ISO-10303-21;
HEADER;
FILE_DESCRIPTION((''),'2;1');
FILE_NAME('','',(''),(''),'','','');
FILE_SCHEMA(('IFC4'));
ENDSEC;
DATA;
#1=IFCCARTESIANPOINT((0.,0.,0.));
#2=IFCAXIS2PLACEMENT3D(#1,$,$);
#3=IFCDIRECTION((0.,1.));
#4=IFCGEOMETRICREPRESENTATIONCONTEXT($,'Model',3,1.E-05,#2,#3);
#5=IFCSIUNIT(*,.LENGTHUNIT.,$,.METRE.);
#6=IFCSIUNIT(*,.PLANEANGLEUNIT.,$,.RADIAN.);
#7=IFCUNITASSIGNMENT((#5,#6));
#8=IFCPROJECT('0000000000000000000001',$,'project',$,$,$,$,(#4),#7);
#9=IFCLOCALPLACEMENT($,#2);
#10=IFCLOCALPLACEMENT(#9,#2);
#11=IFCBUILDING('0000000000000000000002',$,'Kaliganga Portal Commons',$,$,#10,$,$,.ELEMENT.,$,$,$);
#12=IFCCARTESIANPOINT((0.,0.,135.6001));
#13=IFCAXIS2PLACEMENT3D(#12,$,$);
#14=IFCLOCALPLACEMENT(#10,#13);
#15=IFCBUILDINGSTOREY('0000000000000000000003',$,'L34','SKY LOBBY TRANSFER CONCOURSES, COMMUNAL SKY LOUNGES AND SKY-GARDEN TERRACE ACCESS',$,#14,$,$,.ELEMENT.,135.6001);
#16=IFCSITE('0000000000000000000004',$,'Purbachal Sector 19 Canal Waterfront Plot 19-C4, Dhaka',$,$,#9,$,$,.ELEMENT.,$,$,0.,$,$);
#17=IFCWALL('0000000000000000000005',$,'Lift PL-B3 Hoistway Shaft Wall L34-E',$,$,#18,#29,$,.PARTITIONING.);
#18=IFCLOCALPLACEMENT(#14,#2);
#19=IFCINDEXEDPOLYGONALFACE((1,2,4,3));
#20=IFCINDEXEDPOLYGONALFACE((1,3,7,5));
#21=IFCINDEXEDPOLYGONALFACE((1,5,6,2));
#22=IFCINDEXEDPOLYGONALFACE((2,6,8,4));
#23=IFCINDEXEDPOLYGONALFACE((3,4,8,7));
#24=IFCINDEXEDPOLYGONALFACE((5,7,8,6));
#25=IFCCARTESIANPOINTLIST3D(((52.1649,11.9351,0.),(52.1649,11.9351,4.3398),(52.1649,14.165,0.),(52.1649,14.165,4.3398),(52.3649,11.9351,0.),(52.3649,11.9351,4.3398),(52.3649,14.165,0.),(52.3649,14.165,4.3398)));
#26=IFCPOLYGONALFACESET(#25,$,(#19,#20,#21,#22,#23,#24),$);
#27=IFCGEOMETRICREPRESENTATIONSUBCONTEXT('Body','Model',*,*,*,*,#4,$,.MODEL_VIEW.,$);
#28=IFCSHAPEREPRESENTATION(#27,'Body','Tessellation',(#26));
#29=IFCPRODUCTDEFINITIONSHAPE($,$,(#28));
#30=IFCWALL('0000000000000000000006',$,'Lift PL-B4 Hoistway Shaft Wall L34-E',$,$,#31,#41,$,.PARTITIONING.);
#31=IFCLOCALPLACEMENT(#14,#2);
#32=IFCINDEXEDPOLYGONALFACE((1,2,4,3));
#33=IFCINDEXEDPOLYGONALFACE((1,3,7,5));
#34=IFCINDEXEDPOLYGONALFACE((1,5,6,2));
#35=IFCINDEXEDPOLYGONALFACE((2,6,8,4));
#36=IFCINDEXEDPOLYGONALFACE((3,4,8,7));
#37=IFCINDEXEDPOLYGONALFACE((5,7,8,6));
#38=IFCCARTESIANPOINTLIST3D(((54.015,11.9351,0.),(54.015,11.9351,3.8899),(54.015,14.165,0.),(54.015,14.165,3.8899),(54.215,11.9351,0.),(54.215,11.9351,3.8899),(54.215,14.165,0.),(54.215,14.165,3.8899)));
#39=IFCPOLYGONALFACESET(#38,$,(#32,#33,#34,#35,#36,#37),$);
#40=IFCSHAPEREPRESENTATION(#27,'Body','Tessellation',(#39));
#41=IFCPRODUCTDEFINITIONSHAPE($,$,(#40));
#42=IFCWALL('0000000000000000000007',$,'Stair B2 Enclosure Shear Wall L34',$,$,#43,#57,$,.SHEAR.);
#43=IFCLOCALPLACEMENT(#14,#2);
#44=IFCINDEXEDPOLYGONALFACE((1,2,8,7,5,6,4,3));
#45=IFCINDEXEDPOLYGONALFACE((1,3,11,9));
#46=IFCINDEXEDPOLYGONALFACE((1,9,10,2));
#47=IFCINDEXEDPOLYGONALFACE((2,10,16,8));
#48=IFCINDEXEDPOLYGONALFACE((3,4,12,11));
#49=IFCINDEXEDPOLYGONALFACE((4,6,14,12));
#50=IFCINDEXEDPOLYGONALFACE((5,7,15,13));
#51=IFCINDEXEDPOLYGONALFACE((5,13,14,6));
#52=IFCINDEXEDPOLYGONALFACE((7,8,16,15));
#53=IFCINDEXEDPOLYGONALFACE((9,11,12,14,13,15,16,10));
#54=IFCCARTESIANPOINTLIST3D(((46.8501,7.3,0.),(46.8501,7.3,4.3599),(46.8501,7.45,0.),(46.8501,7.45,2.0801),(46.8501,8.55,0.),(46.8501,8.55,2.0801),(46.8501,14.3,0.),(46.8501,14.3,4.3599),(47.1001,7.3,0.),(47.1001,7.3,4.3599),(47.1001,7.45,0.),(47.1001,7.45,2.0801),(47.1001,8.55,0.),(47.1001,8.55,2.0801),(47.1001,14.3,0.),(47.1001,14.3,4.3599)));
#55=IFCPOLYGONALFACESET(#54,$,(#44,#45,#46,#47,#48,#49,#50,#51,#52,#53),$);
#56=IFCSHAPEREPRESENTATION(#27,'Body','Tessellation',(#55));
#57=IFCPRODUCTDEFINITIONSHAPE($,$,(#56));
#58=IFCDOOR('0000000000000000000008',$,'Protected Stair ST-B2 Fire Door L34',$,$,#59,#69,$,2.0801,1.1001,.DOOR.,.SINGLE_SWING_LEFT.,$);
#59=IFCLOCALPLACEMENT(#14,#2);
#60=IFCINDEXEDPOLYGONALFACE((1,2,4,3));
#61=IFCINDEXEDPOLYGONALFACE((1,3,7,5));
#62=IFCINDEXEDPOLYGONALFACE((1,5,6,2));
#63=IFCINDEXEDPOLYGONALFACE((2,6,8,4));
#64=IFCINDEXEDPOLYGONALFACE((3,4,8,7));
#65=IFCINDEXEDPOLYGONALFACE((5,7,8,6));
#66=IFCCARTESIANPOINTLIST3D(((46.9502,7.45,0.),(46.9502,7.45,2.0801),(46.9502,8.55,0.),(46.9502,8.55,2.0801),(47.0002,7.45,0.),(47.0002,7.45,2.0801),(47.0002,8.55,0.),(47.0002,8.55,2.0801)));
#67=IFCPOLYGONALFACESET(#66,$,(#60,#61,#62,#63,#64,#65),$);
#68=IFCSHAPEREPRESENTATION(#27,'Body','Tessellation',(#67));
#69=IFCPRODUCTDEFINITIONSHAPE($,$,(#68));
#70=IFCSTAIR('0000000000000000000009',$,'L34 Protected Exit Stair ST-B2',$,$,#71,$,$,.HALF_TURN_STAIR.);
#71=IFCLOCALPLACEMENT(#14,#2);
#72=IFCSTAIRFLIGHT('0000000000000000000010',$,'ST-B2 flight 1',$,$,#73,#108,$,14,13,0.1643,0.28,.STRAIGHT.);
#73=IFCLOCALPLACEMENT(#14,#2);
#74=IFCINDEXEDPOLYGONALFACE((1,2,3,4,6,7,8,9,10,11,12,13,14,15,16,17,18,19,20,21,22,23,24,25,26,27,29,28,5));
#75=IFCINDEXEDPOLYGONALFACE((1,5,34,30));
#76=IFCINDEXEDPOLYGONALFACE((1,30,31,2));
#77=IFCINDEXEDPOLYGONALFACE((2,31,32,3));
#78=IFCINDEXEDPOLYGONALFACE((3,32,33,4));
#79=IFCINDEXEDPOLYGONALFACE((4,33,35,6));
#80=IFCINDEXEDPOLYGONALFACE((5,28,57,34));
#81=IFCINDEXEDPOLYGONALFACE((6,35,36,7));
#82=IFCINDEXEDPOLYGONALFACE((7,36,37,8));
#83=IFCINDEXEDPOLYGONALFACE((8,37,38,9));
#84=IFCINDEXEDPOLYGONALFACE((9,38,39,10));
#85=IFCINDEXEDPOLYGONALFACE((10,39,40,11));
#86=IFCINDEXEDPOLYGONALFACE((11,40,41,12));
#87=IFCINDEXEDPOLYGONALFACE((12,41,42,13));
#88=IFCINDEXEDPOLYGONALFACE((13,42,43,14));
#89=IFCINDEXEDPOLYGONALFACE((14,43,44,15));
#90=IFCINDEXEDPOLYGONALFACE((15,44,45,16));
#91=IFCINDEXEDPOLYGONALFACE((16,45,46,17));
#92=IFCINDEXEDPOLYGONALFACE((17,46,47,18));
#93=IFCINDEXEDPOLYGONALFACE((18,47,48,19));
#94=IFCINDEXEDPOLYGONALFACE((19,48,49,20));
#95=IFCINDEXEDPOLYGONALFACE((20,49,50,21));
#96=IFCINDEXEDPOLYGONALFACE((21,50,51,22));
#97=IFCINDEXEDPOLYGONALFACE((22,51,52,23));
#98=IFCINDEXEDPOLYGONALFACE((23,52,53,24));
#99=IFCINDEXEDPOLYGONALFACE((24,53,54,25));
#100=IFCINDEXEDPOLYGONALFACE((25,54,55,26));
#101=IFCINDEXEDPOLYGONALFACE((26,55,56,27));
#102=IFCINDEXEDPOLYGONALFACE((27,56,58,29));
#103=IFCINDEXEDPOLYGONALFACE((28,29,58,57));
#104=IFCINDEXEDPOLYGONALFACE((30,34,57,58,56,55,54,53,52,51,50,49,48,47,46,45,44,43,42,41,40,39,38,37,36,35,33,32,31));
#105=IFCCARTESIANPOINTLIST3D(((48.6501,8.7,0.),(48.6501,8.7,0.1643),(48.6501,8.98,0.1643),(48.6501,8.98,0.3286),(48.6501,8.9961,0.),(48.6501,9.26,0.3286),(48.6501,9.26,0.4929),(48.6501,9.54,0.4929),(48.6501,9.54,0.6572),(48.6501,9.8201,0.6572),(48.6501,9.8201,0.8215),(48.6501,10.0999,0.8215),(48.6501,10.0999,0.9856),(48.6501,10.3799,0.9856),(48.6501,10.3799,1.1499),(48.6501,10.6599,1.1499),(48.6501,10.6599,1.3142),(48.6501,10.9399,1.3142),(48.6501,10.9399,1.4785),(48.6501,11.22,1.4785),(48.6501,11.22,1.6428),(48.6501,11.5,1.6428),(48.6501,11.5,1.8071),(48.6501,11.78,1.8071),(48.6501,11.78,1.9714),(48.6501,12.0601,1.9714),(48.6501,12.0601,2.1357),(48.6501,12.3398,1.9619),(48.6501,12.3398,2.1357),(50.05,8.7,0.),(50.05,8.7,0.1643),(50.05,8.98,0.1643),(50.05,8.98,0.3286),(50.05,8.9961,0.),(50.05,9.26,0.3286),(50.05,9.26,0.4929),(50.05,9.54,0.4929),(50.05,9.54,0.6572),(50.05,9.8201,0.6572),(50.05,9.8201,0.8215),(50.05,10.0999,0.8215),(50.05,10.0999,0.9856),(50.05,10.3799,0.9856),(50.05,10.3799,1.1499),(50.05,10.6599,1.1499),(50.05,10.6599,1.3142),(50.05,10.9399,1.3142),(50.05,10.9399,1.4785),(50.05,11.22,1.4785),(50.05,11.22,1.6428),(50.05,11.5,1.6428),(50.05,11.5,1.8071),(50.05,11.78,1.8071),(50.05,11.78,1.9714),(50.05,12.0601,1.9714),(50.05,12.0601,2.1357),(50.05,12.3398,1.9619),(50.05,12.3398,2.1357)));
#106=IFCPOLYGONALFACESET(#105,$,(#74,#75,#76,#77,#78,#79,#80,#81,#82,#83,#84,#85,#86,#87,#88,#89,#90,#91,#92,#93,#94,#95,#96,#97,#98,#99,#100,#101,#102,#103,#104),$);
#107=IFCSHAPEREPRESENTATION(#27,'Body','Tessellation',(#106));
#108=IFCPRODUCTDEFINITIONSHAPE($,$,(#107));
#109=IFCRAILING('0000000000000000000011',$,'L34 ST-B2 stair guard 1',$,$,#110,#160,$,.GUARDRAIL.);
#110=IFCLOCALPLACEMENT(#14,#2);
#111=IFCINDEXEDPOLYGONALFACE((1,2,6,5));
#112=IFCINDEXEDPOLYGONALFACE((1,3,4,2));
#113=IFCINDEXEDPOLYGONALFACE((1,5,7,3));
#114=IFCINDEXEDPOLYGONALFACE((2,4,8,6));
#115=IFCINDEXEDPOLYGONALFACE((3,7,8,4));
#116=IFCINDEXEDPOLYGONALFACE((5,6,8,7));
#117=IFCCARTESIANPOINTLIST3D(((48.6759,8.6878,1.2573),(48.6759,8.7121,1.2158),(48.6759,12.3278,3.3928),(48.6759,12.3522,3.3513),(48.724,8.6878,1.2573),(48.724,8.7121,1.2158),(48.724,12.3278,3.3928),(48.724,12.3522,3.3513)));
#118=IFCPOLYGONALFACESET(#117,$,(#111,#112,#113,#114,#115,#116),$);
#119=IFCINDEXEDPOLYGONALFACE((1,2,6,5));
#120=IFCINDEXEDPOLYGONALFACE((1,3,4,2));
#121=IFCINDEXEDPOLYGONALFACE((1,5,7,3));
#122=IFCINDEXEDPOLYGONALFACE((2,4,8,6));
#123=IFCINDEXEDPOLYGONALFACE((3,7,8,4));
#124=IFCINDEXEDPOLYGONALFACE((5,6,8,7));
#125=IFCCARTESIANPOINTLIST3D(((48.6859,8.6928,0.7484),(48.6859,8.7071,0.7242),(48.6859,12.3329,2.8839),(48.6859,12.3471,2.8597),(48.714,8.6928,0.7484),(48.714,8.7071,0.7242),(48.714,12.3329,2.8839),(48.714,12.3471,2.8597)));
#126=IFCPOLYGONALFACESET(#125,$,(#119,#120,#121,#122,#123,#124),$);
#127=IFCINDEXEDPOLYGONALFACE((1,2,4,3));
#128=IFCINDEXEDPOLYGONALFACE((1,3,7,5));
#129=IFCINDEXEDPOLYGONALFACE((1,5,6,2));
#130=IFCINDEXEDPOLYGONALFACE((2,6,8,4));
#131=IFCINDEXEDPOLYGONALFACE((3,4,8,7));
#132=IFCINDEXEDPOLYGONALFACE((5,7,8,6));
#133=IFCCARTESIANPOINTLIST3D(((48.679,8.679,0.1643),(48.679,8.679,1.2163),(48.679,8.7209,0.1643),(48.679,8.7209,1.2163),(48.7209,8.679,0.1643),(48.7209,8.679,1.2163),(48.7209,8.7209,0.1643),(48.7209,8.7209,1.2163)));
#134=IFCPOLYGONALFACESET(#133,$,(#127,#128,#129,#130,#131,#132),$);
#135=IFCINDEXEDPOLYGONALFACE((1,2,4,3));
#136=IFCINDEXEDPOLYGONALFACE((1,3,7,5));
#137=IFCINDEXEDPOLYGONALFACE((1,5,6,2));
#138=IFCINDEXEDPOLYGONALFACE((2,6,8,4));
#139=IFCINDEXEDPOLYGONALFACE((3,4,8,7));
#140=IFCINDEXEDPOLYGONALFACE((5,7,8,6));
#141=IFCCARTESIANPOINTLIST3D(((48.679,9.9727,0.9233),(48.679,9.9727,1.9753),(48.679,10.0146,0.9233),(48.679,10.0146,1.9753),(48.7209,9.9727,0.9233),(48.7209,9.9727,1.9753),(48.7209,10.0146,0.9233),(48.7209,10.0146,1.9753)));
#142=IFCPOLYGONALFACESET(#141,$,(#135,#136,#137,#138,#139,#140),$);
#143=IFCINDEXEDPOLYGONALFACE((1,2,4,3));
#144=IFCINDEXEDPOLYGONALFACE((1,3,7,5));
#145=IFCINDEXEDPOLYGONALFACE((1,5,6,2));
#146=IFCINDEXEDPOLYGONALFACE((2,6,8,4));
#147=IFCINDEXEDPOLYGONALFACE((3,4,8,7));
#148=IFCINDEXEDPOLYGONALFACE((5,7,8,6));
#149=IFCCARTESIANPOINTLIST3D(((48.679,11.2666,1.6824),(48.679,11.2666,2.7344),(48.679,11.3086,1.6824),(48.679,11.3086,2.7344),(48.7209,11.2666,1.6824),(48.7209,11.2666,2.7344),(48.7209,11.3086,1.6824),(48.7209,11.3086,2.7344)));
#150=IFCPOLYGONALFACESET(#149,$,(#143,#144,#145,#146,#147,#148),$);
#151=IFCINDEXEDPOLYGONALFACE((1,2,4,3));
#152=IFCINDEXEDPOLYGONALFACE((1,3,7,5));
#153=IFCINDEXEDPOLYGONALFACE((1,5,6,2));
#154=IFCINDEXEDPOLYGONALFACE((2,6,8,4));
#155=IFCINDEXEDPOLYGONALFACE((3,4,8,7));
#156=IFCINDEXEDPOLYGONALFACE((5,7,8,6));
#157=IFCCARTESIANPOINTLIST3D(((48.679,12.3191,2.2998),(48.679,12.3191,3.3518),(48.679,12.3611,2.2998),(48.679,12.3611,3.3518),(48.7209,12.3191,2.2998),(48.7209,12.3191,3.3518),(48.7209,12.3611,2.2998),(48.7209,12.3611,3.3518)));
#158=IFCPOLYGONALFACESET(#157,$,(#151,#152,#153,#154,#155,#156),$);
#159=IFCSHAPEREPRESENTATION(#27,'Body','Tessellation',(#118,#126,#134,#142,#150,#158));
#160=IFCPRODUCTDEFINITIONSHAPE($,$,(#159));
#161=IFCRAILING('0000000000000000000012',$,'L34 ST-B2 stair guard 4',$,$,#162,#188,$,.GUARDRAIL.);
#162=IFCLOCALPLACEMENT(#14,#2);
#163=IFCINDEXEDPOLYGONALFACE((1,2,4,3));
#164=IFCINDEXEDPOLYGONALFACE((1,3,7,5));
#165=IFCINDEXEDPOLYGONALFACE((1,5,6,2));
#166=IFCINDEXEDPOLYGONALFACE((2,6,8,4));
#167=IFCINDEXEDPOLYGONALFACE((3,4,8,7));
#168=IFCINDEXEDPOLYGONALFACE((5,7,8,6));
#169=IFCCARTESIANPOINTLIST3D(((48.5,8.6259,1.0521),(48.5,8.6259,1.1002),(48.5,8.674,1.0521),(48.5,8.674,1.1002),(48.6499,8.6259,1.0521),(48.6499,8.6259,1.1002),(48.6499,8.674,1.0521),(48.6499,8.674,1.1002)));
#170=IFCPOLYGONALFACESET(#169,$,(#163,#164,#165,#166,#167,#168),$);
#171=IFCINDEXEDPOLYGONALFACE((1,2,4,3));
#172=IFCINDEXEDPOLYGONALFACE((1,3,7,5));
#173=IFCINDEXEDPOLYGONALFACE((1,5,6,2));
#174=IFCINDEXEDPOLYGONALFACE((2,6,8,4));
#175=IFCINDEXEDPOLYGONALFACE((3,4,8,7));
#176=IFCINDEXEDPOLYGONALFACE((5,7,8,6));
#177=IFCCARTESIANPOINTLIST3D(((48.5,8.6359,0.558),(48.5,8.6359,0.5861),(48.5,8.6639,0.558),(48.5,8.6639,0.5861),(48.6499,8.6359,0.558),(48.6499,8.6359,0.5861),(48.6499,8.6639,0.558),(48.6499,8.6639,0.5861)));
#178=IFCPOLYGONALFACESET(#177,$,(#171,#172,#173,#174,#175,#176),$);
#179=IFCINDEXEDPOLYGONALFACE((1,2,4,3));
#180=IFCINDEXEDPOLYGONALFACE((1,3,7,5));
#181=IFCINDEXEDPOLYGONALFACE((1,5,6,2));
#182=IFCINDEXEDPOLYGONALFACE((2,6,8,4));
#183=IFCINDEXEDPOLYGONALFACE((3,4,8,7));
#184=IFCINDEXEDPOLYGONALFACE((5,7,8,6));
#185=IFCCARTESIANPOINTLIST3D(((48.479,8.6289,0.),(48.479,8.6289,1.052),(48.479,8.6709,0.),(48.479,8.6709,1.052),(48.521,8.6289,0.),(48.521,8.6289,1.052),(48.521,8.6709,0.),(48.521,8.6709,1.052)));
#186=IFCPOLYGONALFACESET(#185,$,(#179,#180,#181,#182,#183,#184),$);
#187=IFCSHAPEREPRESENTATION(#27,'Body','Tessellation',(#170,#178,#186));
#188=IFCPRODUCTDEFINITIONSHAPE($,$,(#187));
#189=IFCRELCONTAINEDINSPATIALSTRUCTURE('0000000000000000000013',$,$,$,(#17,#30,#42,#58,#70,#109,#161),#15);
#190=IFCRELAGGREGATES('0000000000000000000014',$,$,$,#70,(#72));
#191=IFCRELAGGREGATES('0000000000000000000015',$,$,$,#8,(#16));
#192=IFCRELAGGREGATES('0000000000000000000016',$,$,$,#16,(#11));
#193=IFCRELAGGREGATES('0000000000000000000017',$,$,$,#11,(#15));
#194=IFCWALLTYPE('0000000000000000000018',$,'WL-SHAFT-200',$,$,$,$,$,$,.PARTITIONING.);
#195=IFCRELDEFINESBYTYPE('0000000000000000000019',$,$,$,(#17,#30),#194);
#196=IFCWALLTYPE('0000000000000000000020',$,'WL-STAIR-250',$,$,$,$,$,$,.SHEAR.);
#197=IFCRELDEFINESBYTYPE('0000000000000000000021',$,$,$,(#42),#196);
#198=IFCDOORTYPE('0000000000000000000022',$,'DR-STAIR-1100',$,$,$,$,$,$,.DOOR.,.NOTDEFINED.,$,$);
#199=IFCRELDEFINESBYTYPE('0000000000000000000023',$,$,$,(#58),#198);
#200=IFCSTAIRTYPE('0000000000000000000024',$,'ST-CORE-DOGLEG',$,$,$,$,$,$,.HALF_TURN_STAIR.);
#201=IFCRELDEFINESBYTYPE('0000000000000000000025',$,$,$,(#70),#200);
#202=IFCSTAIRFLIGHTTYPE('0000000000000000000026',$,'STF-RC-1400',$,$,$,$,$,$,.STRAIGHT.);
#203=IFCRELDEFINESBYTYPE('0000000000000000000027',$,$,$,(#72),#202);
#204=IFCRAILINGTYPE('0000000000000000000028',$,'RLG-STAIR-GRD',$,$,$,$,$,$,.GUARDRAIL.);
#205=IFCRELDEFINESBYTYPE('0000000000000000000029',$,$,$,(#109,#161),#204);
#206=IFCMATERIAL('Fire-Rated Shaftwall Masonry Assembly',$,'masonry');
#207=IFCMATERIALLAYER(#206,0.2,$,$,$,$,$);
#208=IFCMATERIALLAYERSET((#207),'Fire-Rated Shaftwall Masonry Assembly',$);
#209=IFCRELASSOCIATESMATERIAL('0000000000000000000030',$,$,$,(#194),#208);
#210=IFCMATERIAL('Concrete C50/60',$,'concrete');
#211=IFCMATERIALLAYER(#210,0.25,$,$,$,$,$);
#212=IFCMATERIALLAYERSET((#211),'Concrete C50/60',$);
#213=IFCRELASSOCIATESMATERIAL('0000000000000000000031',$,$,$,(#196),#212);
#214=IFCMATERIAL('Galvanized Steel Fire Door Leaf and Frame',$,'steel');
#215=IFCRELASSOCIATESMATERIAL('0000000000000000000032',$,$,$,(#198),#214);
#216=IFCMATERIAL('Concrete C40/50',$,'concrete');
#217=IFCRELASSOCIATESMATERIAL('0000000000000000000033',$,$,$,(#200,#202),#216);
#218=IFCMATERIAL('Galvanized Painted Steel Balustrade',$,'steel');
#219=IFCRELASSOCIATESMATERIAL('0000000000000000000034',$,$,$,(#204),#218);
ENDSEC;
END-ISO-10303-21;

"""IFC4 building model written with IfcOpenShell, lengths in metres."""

from ifc_helpers import new_model, si_unit, direction, frame, frame_2d, origin, origin_2d, place, context, subcontext, project, spatial, polyline, rectangle, outline, extrude, material, layer, layer_set, type_object, element, fill, aggregate, save


model = new_model("IFC4")

# Units and contexts
model_context = context("Model", 3, precision=1e-05, world=origin(), true_north=direction((0.0, 1.0)))
body_context = subcontext(model_context, "Body", "Model", "MODEL_VIEW")
ifc_project = project(units=[si_unit("LENGTHUNIT", "METRE"), si_unit("PLANEANGLEUNIT", "RADIAN")], contexts=[model_context])

# Site, building, storey
site_placement = place(None, origin())
site = spatial("IfcSite", under=ifc_project, at=site_placement, Name="Purbachal Sector 19 Canal Waterfront Plot 19-C4, Dhaka", CompositionType="ELEMENT", RefElevation=0.0)
building_placement = place(site_placement, origin())
building = spatial("IfcBuilding", under=site, at=building_placement, Name="Kaliganga Portal Commons", CompositionType="ELEMENT")
storey_placement = place(building_placement, frame((0.0, 0.0, 135.6001)))
storey = spatial("IfcBuildingStorey", under=building, at=storey_placement, Name="L34", Description="SKY LOBBY TRANSFER CONCOURSES, COMMUNAL SKY LOUNGES AND SKY-GARDEN TERRACE ACCESS", CompositionType="ELEMENT", Elevation=135.6001)

# Shared definitions
ifc_material_1 = material(Name="Fire-Rated Shaftwall Masonry Assembly", Category="masonry")
ifc_layer_1 = layer(ifc_material_1, 0.2)
ifc_layer_set_1 = layer_set([ifc_layer_1], Name="Fire-Rated Shaftwall Masonry Assembly")
wall_type_1 = type_object("IfcWallType", Name="WL-SHAFT-200", PredefinedType="PARTITIONING", material=ifc_layer_set_1)

# Wall
wall_1_placement = place(storey_placement, frame((52.2649, 11.9351, 0.0), z_axis=(0.0, 0.0, 1.0), x_axis=(0.0, 1.0, 0.0)))
element("IfcWall", 1, at=wall_1_placement, inside=storey, type_object=wall_type_1, Name="Lift PL-B3 Hoistway Shaft Wall L34-E", PredefinedType="PARTITIONING", context=body_context, shape_type="SweptSolid", body=[
    extrude(rectangle(XDim=2.23, YDim=0.2, at=frame_2d((1.115, 0.0))), origin(), (0.0, 0.0, 1.0), 4.3398),
])

# Wall
wall_2_placement = place(storey_placement, frame((54.115, 11.9351, 0.0), z_axis=(0.0, 0.0, 1.0), x_axis=(0.0, 1.0, 0.0)))
element("IfcWall", 2, at=wall_2_placement, inside=storey, type_object=wall_type_1, Name="Lift PL-B4 Hoistway Shaft Wall L34-E", PredefinedType="PARTITIONING", context=body_context, shape_type="SweptSolid", body=[
    extrude(rectangle(XDim=2.23, YDim=0.2, at=frame_2d((1.115, 0.0))), origin(), (0.0, 0.0, 1.0), 3.8899),
])

# Wall, opening, door
ifc_material_2 = material(Name="Concrete C50/60", Category="concrete")
ifc_layer_2 = layer(ifc_material_2, 0.25)
ifc_layer_set_2 = layer_set([ifc_layer_2], Name="Concrete C50/60")
wall_type_2 = type_object("IfcWallType", Name="WL-STAIR-250", PredefinedType="SHEAR", material=ifc_layer_set_2)
wall_3_placement = place(storey_placement, frame((46.9751, 7.3, 0.0), z_axis=(0.0, 0.0, 1.0), x_axis=(0.0, 1.0, 0.0)))
wall_3 = element("IfcWall", 3, at=wall_3_placement, inside=storey, type_object=wall_type_2, Name="Stair B2 Enclosure Shear Wall L34", PredefinedType="SHEAR", context=body_context, shape_type="SweptSolid", body=[
    extrude(rectangle(XDim=7.0, YDim=0.25, at=frame_2d((3.5, 0.0))), origin(), (0.0, 0.0, 1.0), 4.3599),
])
opening_1_placement = place(wall_3_placement, frame((0.1499, 0.0, 0.0)))
opening_1 = element("IfcOpeningElement", 4, at=opening_1_placement, cuts=wall_3, PredefinedType="OPENING", context=body_context, shape_type="SweptSolid", body=[
    extrude(rectangle(XDim=1.1001, YDim=2.0801, at=frame_2d((0.55, 1.04))), frame((0.0, 0.135, 0.0), z_axis=(0.0, -1.0, 0.0), x_axis=(1.0, 0.0, 0.0)), (0.0, 0.0, 1.0), 0.27),
])
ifc_material_3 = material(Name="Galvanized Steel Fire Door Leaf and Frame", Category="steel")
door_type_1 = type_object("IfcDoorType", Name="DR-STAIR-1100", OperationType="NOTDEFINED", PredefinedType="DOOR", material=ifc_material_3)
door_1_placement = place(opening_1_placement, origin())
door_1 = element("IfcDoor", 5, at=door_1_placement, inside=storey, type_object=door_type_1, Name="Protected Stair ST-B2 Fire Door L34", OperationType="SINGLE_SWING_LEFT", OverallHeight=2.0801, OverallWidth=1.1001, PredefinedType="DOOR", context=body_context, shape_type="SweptSolid", body=[
    extrude(rectangle(XDim=1.1001, YDim=2.0801, at=frame_2d((0.55, 1.04))), frame((0.0, 0.0249, 0.0), z_axis=(0.0, -1.0, 0.0), x_axis=(1.0, 0.0, 0.0)), (0.0, 0.0, 1.0), 0.05),
])
fill(opening_1, door_1)

# Stair, stair flight
ifc_material_4 = material(Name="Concrete C40/50", Category="concrete")
stair_type = type_object("IfcStairType", Name="ST-CORE-DOGLEG", PredefinedType="HALF_TURN_STAIR", material=ifc_material_4)
stair_placement = place(storey_placement, origin())
stair = element("IfcStair", 6, at=stair_placement, inside=storey, type_object=stair_type, Name="L34 Protected Exit Stair ST-B2", PredefinedType="HALF_TURN_STAIR")
stair_flight_type = type_object("IfcStairFlightType", Name="STF-RC-1400", PredefinedType="STRAIGHT", material=ifc_material_4)
stair_flight_placement = place(storey_placement, frame((49.3501, 8.7, 0.0), z_axis=(0.0, 0.0, 1.0), x_axis=(0.0, 1.0, 0.0)))
stair_flight = element("IfcStairFlight", 7, at=stair_flight_placement, type_object=stair_flight_type, Name="ST-B2 flight 1", NumberOfRisers=14, NumberOfTreads=13, PredefinedType="STRAIGHT", RiserHeight=0.1643, TreadLength=0.28, context=body_context, shape_type="SweptSolid", body=[
    extrude(outline(polyline([(0.0, 0.0), (0.0, 0.1643), (0.28, 0.1643), (0.28, 0.3286), (0.5601, 0.3286), (0.5601, 0.4929), (0.8401, 0.4929), (0.8401, 0.6572), (1.1201, 0.6572), (1.1201, 0.8215), (1.3999, 0.8215), (1.3999, 0.9856), (1.6799, 0.9856), (1.6799, 1.1499), (1.96, 1.1499), (1.96, 1.3142), (2.24, 1.3142), (2.24, 1.4785), (2.52, 1.4785), (2.52, 1.6428), (2.8, 1.6428), (2.8, 1.8071), (3.0801, 1.8071), (3.0801, 1.9714), (3.3601, 1.9714), (3.3601, 2.1357), (3.6399, 2.1357), (3.6399, 2.3), (3.6399, 1.9619), (0.2961, 0.0), (0.0, 0.0)])), frame((0.0, 0.7, 0.0), z_axis=(0.0, -1.0, 0.0), x_axis=(1.0, 0.0, 0.0)), (0.0, 0.0, 1.0), 1.3999),
])
aggregate(stair, [stair_flight])

# Railings
ifc_material_5 = material(Name="Galvanized Painted Steel Balustrade", Category="steel")
railing_type_1 = type_object("IfcRailingType", Name="RLG-STAIR-GRD", PredefinedType="GUARDRAIL", material=ifc_material_5)
railing_1_placement = place(storey_placement, frame((48.7, 8.7, 0.1643)))
element("IfcRailing", 8, at=railing_1_placement, inside=storey, type_object=railing_type_1, Name="L34 ST-B2 stair guard 1", PredefinedType="GUARDRAIL", context=body_context, shape_type="SweptSolid", body=[
    extrude(rectangle(XDim=0.0481, YDim=0.0481, at=origin_2d()), frame((0.0, 0.0, 1.0723), z_axis=(0.0, 0.86253, 0.506006), x_axis=(-1.0, 0.0, 0.0)), (0.0, 0.0, 1.0), 4.2202),
    extrude(rectangle(XDim=0.0281, YDim=0.0281, at=origin_2d()), frame((0.0, 0.0, 0.572), z_axis=(0.0, 0.86253, 0.506006), x_axis=(-1.0, 0.0, 0.0)), (0.0, 0.0, 1.0), 4.2202),
    extrude(rectangle(XDim=0.042, YDim=0.042, at=origin_2d()), origin(), (0.0, 0.0, 1.0), 1.052),
    extrude(rectangle(XDim=0.042, YDim=0.042, at=origin_2d()), frame((0.0, 1.2937, 0.759)), (0.0, 0.0, 1.0), 1.052),
    extrude(rectangle(XDim=0.042, YDim=0.042, at=origin_2d()), frame((0.0, 2.5876, 1.5181)), (0.0, 0.0, 1.0), 1.052),
    extrude(rectangle(XDim=0.042, YDim=0.042, at=origin_2d()), frame((0.0, 3.6401, 2.1355)), (0.0, 0.0, 1.0), 1.052),
])
railing_2_placement = place(storey_placement, frame((48.6499, 8.6499, 0.0)))
element("IfcRailing", 9, at=railing_2_placement, inside=storey, type_object=railing_type_1, Name="L34 ST-B2 stair guard 4", PredefinedType="GUARDRAIL", context=body_context, shape_type="SweptSolid", body=[
    extrude(rectangle(XDim=0.0481, YDim=0.0481, at=origin_2d()), frame((0.0, 0.0, 1.0762), z_axis=(-1.0, 0.0, 0.0), x_axis=(0.0, -1.0, 0.0)), (0.0, 0.0, 1.0), 0.1499),
    extrude(rectangle(XDim=0.0281, YDim=0.0281, at=origin_2d()), frame((0.0, 0.0, 0.572), z_axis=(-1.0, 0.0, 0.0), x_axis=(0.0, -1.0, 0.0)), (0.0, 0.0, 1.0), 0.1499),
    extrude(rectangle(XDim=0.042, YDim=0.042, at=origin_2d()), frame((-0.1499, 0.0, 0.0)), (0.0, 0.0, 1.0), 1.052),
])

save(model, "model.ifc")
